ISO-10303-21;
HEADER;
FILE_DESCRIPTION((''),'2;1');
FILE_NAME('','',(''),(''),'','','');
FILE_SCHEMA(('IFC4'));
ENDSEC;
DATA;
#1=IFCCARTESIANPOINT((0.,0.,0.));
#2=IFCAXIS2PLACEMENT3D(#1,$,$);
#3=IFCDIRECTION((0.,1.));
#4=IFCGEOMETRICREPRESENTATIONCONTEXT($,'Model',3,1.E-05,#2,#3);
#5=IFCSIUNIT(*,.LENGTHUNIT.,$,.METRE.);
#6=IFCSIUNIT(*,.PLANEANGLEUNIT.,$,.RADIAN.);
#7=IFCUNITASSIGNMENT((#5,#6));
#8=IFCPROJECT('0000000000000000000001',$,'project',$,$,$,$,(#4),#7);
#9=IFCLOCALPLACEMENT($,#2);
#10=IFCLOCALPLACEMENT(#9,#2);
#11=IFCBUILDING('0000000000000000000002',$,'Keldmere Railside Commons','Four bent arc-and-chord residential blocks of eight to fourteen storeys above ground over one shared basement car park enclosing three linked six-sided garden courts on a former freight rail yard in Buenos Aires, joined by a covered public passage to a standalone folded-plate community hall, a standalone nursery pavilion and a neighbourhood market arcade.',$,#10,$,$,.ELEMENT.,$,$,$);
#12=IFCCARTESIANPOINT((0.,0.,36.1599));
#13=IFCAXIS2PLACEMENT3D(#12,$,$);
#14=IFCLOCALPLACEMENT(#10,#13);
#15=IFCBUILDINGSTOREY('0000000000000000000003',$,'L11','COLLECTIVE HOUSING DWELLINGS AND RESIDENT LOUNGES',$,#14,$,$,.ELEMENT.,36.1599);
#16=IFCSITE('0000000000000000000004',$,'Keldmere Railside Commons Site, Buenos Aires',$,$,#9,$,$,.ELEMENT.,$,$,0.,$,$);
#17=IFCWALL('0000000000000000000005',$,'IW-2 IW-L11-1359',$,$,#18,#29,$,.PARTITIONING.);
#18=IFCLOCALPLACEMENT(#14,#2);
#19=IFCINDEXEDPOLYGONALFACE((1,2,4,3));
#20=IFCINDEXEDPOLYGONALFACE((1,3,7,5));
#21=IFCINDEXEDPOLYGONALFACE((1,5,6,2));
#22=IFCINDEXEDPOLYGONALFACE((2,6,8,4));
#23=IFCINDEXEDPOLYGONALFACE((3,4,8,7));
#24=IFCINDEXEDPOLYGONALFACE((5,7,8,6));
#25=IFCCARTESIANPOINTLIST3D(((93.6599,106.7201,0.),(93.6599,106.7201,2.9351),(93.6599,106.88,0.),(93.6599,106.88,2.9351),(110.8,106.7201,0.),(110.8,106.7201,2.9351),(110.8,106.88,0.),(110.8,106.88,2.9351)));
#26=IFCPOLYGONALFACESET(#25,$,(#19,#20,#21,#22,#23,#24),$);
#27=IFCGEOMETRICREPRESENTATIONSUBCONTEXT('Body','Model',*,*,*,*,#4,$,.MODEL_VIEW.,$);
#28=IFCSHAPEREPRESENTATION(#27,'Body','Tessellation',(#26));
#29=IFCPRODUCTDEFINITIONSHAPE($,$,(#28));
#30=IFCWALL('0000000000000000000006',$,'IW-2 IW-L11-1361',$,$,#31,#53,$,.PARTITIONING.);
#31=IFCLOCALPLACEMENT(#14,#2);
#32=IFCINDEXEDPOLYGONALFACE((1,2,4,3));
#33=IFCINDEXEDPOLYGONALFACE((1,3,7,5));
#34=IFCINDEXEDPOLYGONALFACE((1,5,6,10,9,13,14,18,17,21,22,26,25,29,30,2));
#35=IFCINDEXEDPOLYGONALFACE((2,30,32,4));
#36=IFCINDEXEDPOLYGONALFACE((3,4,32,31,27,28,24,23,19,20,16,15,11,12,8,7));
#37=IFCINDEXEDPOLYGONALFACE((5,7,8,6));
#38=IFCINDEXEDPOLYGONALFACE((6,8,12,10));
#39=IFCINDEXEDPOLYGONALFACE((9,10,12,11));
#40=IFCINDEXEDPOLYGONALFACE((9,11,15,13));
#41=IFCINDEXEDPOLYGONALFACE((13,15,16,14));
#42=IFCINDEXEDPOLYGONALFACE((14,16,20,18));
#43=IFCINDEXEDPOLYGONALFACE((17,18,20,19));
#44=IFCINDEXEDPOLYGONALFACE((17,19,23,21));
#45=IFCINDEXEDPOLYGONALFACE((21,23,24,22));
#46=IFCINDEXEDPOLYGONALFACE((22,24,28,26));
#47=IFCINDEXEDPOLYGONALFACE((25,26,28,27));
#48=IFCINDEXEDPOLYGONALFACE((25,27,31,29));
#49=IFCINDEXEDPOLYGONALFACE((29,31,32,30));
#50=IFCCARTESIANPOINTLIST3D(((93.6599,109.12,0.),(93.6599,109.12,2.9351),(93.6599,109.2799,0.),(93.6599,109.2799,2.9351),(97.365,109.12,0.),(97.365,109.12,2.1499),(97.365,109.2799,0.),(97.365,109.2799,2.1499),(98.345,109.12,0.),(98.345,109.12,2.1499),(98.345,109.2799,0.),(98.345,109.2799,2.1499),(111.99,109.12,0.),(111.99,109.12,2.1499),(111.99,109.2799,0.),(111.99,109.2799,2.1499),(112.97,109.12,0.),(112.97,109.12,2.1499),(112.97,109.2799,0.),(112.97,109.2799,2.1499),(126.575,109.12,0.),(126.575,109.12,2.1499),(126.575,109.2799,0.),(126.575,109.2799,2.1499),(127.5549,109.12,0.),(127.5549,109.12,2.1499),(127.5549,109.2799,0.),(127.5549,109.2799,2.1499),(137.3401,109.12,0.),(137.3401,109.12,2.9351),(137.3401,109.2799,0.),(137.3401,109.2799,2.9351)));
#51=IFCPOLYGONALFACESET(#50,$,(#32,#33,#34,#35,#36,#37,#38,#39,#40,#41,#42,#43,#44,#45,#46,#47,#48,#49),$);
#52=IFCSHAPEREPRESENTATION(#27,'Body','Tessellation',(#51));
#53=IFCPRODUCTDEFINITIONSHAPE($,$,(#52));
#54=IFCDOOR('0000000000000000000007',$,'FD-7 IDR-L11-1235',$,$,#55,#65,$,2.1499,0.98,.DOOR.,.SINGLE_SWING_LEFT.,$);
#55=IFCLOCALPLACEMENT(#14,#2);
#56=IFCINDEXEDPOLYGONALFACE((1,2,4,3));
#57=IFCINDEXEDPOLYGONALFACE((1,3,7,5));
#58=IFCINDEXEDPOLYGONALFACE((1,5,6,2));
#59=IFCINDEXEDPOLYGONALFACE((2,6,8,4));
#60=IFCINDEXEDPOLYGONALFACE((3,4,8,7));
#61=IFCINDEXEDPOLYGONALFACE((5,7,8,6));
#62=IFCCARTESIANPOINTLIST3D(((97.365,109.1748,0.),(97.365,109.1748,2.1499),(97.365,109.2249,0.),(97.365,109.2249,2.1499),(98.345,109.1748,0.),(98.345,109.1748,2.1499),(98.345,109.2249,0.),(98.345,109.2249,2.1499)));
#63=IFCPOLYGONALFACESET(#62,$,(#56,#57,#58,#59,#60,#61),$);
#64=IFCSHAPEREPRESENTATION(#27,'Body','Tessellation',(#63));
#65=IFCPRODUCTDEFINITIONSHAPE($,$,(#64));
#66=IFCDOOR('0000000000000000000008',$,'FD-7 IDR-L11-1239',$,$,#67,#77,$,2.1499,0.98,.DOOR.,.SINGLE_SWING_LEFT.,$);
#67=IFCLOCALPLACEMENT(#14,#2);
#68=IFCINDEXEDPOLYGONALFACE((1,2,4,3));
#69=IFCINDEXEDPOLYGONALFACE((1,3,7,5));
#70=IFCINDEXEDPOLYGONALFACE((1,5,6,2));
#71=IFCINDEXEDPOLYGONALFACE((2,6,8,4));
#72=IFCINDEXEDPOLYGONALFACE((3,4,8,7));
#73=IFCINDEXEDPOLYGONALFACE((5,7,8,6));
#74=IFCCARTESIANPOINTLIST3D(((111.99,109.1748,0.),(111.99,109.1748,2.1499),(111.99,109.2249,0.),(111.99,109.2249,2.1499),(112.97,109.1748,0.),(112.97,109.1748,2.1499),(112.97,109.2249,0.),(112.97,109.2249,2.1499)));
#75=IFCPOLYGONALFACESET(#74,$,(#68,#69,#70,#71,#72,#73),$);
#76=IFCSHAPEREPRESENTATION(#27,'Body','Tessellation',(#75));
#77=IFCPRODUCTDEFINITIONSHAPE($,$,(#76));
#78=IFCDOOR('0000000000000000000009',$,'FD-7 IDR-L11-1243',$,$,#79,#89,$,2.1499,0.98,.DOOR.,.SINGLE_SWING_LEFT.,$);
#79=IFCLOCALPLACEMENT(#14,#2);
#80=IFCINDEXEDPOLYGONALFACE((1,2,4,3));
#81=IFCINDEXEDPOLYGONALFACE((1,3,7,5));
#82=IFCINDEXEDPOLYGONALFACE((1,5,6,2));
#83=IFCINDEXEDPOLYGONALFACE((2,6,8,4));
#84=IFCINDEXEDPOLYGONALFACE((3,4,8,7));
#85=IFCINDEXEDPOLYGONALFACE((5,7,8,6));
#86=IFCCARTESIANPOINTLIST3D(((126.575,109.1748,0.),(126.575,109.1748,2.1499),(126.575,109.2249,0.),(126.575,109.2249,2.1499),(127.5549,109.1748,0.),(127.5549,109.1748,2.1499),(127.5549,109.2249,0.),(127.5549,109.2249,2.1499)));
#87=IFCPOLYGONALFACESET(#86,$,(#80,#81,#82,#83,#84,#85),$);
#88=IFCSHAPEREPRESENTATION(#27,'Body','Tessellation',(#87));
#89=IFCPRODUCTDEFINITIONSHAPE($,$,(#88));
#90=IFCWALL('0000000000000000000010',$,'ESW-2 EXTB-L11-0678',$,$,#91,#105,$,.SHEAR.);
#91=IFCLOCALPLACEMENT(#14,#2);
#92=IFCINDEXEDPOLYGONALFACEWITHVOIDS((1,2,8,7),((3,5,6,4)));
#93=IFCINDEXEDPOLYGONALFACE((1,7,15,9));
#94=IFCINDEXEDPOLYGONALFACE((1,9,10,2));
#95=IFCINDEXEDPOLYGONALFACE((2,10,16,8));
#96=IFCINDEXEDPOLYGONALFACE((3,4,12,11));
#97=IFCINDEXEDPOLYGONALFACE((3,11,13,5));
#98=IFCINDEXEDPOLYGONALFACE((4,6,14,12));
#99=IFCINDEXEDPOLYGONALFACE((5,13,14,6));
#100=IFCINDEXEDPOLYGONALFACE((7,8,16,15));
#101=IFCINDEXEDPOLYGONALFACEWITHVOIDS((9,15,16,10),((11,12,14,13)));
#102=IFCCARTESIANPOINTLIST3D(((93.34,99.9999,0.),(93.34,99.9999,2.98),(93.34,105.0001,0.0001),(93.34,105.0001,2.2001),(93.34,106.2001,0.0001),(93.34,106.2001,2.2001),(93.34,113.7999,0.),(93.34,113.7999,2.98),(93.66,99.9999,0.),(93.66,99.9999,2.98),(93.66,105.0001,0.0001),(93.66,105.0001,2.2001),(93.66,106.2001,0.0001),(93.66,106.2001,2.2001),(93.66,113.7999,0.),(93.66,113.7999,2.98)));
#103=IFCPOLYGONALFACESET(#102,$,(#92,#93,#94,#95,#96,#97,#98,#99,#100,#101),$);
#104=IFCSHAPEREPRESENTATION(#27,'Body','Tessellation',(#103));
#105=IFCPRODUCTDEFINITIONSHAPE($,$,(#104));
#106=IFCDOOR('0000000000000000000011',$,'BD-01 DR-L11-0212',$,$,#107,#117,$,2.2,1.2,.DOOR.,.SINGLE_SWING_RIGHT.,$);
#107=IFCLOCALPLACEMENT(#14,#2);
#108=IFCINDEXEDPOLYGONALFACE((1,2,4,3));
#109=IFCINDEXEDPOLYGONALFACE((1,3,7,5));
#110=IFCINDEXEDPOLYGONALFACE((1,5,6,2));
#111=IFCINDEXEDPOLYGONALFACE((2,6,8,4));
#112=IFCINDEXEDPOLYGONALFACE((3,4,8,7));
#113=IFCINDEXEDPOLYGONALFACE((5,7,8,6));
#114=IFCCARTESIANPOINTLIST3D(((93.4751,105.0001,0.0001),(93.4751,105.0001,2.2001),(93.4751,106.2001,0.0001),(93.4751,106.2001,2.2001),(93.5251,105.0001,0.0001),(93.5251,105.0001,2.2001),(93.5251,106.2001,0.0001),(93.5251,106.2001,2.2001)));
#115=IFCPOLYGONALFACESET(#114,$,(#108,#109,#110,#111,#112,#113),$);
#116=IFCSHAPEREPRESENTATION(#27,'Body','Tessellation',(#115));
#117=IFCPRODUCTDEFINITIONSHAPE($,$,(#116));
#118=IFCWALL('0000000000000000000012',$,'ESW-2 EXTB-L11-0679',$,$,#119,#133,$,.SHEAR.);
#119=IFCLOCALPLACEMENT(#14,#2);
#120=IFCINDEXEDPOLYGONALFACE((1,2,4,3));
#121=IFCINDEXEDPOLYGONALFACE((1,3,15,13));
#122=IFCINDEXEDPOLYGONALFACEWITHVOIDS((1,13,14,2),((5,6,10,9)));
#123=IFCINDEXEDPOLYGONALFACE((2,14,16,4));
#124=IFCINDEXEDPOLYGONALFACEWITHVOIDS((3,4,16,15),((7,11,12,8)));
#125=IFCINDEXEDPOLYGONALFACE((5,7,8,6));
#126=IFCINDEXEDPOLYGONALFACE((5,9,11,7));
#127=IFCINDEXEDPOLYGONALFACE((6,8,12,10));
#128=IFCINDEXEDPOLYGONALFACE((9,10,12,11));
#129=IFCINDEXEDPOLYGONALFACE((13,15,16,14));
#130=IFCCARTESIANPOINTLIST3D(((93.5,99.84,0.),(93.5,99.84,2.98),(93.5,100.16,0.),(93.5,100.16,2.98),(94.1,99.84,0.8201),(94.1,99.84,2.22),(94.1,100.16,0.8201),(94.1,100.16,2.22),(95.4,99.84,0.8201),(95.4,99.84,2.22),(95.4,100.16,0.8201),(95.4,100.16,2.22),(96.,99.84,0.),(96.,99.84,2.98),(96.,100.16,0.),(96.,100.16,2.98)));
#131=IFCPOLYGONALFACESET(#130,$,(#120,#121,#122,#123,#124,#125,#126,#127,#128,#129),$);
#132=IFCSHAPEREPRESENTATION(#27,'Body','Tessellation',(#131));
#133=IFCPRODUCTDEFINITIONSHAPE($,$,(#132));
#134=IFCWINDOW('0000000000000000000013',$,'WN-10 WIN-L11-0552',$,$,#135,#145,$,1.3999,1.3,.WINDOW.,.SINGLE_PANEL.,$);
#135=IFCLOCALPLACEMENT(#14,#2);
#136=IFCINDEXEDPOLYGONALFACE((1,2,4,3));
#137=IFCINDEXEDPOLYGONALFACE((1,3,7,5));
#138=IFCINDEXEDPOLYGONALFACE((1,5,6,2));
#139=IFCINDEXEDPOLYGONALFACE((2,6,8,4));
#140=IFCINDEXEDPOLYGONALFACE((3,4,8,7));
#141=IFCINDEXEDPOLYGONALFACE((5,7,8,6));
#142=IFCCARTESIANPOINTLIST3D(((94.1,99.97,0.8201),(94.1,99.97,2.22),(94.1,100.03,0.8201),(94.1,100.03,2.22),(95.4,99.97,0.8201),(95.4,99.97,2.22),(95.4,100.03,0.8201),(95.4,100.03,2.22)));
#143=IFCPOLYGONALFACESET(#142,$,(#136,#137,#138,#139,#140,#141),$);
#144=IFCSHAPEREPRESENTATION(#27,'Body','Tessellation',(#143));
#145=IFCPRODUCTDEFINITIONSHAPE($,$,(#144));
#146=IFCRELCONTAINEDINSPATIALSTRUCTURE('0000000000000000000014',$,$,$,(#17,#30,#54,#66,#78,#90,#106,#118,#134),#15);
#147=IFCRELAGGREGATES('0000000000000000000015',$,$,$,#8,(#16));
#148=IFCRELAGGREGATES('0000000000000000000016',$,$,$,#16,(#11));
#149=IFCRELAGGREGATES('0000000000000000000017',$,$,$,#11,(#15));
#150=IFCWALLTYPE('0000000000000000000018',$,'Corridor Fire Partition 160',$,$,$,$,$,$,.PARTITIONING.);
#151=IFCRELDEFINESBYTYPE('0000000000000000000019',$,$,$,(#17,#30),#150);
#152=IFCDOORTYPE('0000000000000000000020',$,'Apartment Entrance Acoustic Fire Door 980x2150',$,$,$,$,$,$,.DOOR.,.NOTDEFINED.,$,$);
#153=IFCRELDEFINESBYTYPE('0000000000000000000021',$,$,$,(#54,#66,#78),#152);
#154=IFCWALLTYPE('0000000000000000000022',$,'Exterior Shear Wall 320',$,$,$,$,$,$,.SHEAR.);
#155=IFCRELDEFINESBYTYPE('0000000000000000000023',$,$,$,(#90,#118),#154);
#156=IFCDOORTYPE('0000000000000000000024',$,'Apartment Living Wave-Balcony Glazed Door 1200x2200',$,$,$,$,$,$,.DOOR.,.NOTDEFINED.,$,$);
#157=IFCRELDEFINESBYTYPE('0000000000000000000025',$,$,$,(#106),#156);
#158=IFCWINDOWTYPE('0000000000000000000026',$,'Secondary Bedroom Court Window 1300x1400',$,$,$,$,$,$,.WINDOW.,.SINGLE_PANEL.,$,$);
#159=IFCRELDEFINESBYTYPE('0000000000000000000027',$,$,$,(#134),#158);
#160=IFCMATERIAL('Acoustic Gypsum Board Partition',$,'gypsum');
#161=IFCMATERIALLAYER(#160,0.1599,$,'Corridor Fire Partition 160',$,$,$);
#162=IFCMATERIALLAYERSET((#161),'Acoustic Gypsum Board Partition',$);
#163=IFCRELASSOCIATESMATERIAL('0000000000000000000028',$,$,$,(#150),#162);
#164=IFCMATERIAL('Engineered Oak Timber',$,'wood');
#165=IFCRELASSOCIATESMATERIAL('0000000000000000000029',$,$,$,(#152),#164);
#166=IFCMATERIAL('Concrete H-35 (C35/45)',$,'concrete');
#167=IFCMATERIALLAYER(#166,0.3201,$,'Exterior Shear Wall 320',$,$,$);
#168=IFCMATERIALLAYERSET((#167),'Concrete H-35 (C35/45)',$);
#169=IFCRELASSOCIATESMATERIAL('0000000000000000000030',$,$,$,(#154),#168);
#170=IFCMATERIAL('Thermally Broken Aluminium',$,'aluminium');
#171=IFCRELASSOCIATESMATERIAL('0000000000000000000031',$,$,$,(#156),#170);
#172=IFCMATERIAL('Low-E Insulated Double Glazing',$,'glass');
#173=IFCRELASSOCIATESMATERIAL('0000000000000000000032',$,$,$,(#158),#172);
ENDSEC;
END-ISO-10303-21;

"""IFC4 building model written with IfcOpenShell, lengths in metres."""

from ifc_helpers import new_model, si_unit, direction, frame, frame_2d, origin, place, context, subcontext, project, spatial, rectangle, extrude, material, layer, layer_set, type_object, element, fill, save


model = new_model("IFC4")

# Units and contexts
model_context = context("Model", 3, precision=1e-05, world=origin(), true_north=direction((0.0, 1.0)))
body_context = subcontext(model_context, "Body", "Model", "MODEL_VIEW")
ifc_project = project(units=[si_unit("LENGTHUNIT", "METRE"), si_unit("PLANEANGLEUNIT", "RADIAN")], contexts=[model_context])

# Site, building, storey
site_placement = place(None, origin())
site = spatial("IfcSite", under=ifc_project, at=site_placement, Name="Keldmere Railside Commons Site, Buenos Aires", CompositionType="ELEMENT", RefElevation=0.0)
building_placement = place(site_placement, origin())
building = spatial("IfcBuilding", under=site, at=building_placement, Name="Keldmere Railside Commons", Description="Four bent arc-and-chord residential blocks of eight to fourteen storeys above ground over one shared basement car park enclosing three linked six-sided garden courts on a former freight rail yard in Buenos Aires, joined by a covered public passage to a standalone folded-plate community hall, a standalone nursery pavilion and a neighbourhood market arcade.", CompositionType="ELEMENT")
storey_placement = place(building_placement, frame((0.0, 0.0, 36.1599)))
storey = spatial("IfcBuildingStorey", under=building, at=storey_placement, Name="L11", Description="COLLECTIVE HOUSING DWELLINGS AND RESIDENT LOUNGES", CompositionType="ELEMENT", Elevation=36.1599)

# Shared definitions
ifc_material_1 = material(Name="Concrete H-35 (C35/45)", Category="concrete")

# Shared definitions
ifc_material_2 = material(Name="Thermally Broken Aluminium", Category="aluminium")

# Shared definitions
ifc_material_3 = material(Name="Acoustic Gypsum Board Partition", Category="gypsum")

# Shared definitions
ifc_material_4 = material(Name="Engineered Oak Timber", Category="wood")

# Wall
ifc_layer_1 = layer(ifc_material_3, 0.1599, Name="Corridor Fire Partition 160")
ifc_layer_set_1 = layer_set([ifc_layer_1], Name="Acoustic Gypsum Board Partition")
wall_type_1 = type_object("IfcWallType", Name="Corridor Fire Partition 160", PredefinedType="PARTITIONING", material=ifc_layer_set_1)
wall_1_placement = place(storey_placement, frame((93.6599, 106.8, 0.0), z_axis=(0.0, 0.0, 1.0), x_axis=(1.0, 0.0, 0.0)))
element("IfcWall", 1, at=wall_1_placement, inside=storey, type_object=wall_type_1, Name="IW-2 IW-L11-1359", PredefinedType="PARTITIONING", context=body_context, shape_type="SweptSolid", body=[
    extrude(rectangle(XDim=17.1401, YDim=0.1599, at=frame_2d((8.5701, 0.0))), origin(), (0.0, 0.0, 1.0), 2.9351),
])

# Wall, openings, doors
wall_2_placement = place(storey_placement, frame((93.6599, 109.2, 0.0), z_axis=(0.0, 0.0, 1.0), x_axis=(1.0, 0.0, 0.0)))
wall_2 = element("IfcWall", 2, at=wall_2_placement, inside=storey, type_object=wall_type_1, Name="IW-2 IW-L11-1361", PredefinedType="PARTITIONING", context=body_context, shape_type="SweptSolid", body=[
    extrude(rectangle(XDim=43.6802, YDim=0.1599, at=frame_2d((21.8401, 0.0))), origin(), (0.0, 0.0, 1.0), 2.9351),
])
opening_1_placement = place(wall_2_placement, frame((3.7051, 0.0, 0.0)))
opening_1 = element("IfcOpeningElement", 3, at=opening_1_placement, cuts=wall_2, PredefinedType="OPENING", context=body_context, shape_type="SweptSolid", body=[
    extrude(rectangle(XDim=0.98, YDim=2.1499, at=frame_2d((0.49, 1.075))), frame((0.0, 0.0898, 0.0), z_axis=(0.0, -1.0, 0.0), x_axis=(1.0, 0.0, 0.0)), (0.0, 0.0, 1.0), 0.1799),
])
opening_2_placement = place(wall_2_placement, frame((18.3301, 0.0, 0.0)))
opening_2 = element("IfcOpeningElement", 4, at=opening_2_placement, cuts=wall_2, PredefinedType="OPENING", context=body_context, shape_type="SweptSolid", body=[
    extrude(rectangle(XDim=0.98, YDim=2.1499, at=frame_2d((0.49, 1.075))), frame((0.0, 0.0898, 0.0), z_axis=(0.0, -1.0, 0.0), x_axis=(1.0, 0.0, 0.0)), (0.0, 0.0, 1.0), 0.1799),
])
opening_3_placement = place(wall_2_placement, frame((32.915, 0.0, 0.0)))
opening_3 = element("IfcOpeningElement", 5, at=opening_3_placement, cuts=wall_2, PredefinedType="OPENING", context=body_context, shape_type="SweptSolid", body=[
    extrude(rectangle(XDim=0.98, YDim=2.1499, at=frame_2d((0.49, 1.075))), frame((0.0, 0.0898, 0.0), z_axis=(0.0, -1.0, 0.0), x_axis=(1.0, 0.0, 0.0)), (0.0, 0.0, 1.0), 0.1799),
])
door_type_1 = type_object("IfcDoorType", Name="Apartment Entrance Acoustic Fire Door 980x2150", OperationType="NOTDEFINED", PredefinedType="DOOR", material=ifc_material_4)
door_1_placement = place(opening_1_placement, origin())
door_1 = element("IfcDoor", 6, at=door_1_placement, inside=storey, type_object=door_type_1, Name="FD-7 IDR-L11-1235", OperationType="SINGLE_SWING_LEFT", OverallHeight=2.1499, OverallWidth=0.98, PredefinedType="DOOR", context=body_context, shape_type="SweptSolid", body=[
    extrude(rectangle(XDim=0.98, YDim=2.1499, at=frame_2d((0.49, 1.075))), frame((0.0, 0.0249, 0.0), z_axis=(0.0, -1.0, 0.0), x_axis=(1.0, 0.0, 0.0)), (0.0, 0.0, 1.0), 0.05),
])
fill(opening_1, door_1)
door_2_placement = place(opening_2_placement, origin())
door_2 = element("IfcDoor", 7, at=door_2_placement, inside=storey, type_object=door_type_1, Name="FD-7 IDR-L11-1239", OperationType="SINGLE_SWING_LEFT", OverallHeight=2.1499, OverallWidth=0.98, PredefinedType="DOOR", context=body_context, shape_type="SweptSolid", body=[
    extrude(rectangle(XDim=0.98, YDim=2.1499, at=frame_2d((0.49, 1.075))), frame((0.0, 0.0249, 0.0), z_axis=(0.0, -1.0, 0.0), x_axis=(1.0, 0.0, 0.0)), (0.0, 0.0, 1.0), 0.05),
])
fill(opening_2, door_2)
door_3_placement = place(opening_3_placement, origin())
door_3 = element("IfcDoor", 8, at=door_3_placement, inside=storey, type_object=door_type_1, Name="FD-7 IDR-L11-1243", OperationType="SINGLE_SWING_LEFT", OverallHeight=2.1499, OverallWidth=0.98, PredefinedType="DOOR", context=body_context, shape_type="SweptSolid", body=[
    extrude(rectangle(XDim=0.98, YDim=2.1499, at=frame_2d((0.49, 1.075))), frame((0.0, 0.0249, 0.0), z_axis=(0.0, -1.0, 0.0), x_axis=(1.0, 0.0, 0.0)), (0.0, 0.0, 1.0), 0.05),
])
fill(opening_3, door_3)

# Wall, opening, door
ifc_layer_2 = layer(ifc_material_1, 0.3201, Name="Exterior Shear Wall 320")
ifc_layer_set_2 = layer_set([ifc_layer_2], Name="Concrete H-35 (C35/45)")
wall_type_2 = type_object("IfcWallType", Name="Exterior Shear Wall 320", PredefinedType="SHEAR", material=ifc_layer_set_2)
wall_3_placement = place(storey_placement, frame((93.5, 100.0, 0.0), z_axis=(0.0, 0.0, 1.0), x_axis=(0.0, 1.0, 0.0)))
wall_3 = element("IfcWall", 9, at=wall_3_placement, inside=storey, type_object=wall_type_2, Name="ESW-2 EXTB-L11-0678", PredefinedType="SHEAR", context=body_context, shape_type="SweptSolid", body=[
    extrude(rectangle(XDim=13.8, YDim=0.3201, at=frame_2d((6.8999, 0.0))), origin(), (0.0, 0.0, 1.0), 2.98),
])
opening_4_placement = place(wall_3_placement, frame((5.0, 0.0, 0.0)))
opening_4 = element("IfcOpeningElement", 10, at=opening_4_placement, cuts=wall_3, PredefinedType="OPENING", context=body_context, shape_type="SweptSolid", body=[
    extrude(rectangle(XDim=1.2, YDim=2.2, at=frame_2d((0.6001, 1.1001))), frame((0.0, 0.1699, 0.0), z_axis=(0.0, -1.0, 0.0), x_axis=(1.0, 0.0, 0.0)), (0.0, 0.0, 1.0), 0.3401),
])
door_type_2 = type_object("IfcDoorType", Name="Apartment Living Wave-Balcony Glazed Door 1200x2200", OperationType="NOTDEFINED", PredefinedType="DOOR", material=ifc_material_2)
door_4_placement = place(opening_4_placement, origin())
door_4 = element("IfcDoor", 11, at=door_4_placement, inside=storey, type_object=door_type_2, Name="BD-01 DR-L11-0212", OperationType="SINGLE_SWING_RIGHT", OverallHeight=2.2, OverallWidth=1.2, PredefinedType="DOOR", context=body_context, shape_type="SweptSolid", body=[
    extrude(rectangle(XDim=1.2, YDim=2.2, at=frame_2d((0.6001, 1.1001))), frame((0.0, 0.0249, 0.0), z_axis=(0.0, -1.0, 0.0), x_axis=(1.0, 0.0, 0.0)), (0.0, 0.0, 1.0), 0.05),
])
fill(opening_4, door_4)

# Wall, opening, window
wall_4_placement = place(storey_placement, frame((96.0, 100.0, 0.0), z_axis=(0.0, 0.0, 1.0), x_axis=(-1.0, 0.0, 0.0)))
wall_4 = element("IfcWall", 12, at=wall_4_placement, inside=storey, type_object=wall_type_2, Name="ESW-2 EXTB-L11-0679", PredefinedType="SHEAR", context=body_context, shape_type="SweptSolid", body=[
    extrude(rectangle(XDim=2.5, YDim=0.3201, at=frame_2d((1.25, 0.0))), origin(), (0.0, 0.0, 1.0), 2.98),
])
opening_5_placement = place(wall_4_placement, frame((0.6001, 0.0, 0.8201)))
opening_5 = element("IfcOpeningElement", 13, at=opening_5_placement, cuts=wall_4, PredefinedType="OPENING", context=body_context, shape_type="SweptSolid", body=[
    extrude(rectangle(XDim=1.3, YDim=1.3999, at=frame_2d((0.6499, 0.7))), frame((0.0, 0.1699, 0.0), z_axis=(0.0, -1.0, 0.0), x_axis=(1.0, 0.0, 0.0)), (0.0, 0.0, 1.0), 0.3401),
])
ifc_material_5 = material(Name="Low-E Insulated Double Glazing", Category="glass")
window_type = type_object("IfcWindowType", Name="Secondary Bedroom Court Window 1300x1400", PartitioningType="SINGLE_PANEL", PredefinedType="WINDOW", material=ifc_material_5)
window_placement = place(opening_5_placement, origin())
window = element("IfcWindow", 14, at=window_placement, inside=storey, type_object=window_type, Name="WN-10 WIN-L11-0552", OverallHeight=1.3999, OverallWidth=1.3, PartitioningType="SINGLE_PANEL", PredefinedType="WINDOW", context=body_context, shape_type="SweptSolid", body=[
    extrude(rectangle(XDim=1.3, YDim=1.3999, at=frame_2d((0.6499, 0.7))), frame((0.0, 0.03, 0.0), z_axis=(0.0, -1.0, 0.0), x_axis=(1.0, 0.0, 0.0)), (0.0, 0.0, 1.0), 0.0601),
])
fill(opening_5, window)

save(model, "model.ifc")
